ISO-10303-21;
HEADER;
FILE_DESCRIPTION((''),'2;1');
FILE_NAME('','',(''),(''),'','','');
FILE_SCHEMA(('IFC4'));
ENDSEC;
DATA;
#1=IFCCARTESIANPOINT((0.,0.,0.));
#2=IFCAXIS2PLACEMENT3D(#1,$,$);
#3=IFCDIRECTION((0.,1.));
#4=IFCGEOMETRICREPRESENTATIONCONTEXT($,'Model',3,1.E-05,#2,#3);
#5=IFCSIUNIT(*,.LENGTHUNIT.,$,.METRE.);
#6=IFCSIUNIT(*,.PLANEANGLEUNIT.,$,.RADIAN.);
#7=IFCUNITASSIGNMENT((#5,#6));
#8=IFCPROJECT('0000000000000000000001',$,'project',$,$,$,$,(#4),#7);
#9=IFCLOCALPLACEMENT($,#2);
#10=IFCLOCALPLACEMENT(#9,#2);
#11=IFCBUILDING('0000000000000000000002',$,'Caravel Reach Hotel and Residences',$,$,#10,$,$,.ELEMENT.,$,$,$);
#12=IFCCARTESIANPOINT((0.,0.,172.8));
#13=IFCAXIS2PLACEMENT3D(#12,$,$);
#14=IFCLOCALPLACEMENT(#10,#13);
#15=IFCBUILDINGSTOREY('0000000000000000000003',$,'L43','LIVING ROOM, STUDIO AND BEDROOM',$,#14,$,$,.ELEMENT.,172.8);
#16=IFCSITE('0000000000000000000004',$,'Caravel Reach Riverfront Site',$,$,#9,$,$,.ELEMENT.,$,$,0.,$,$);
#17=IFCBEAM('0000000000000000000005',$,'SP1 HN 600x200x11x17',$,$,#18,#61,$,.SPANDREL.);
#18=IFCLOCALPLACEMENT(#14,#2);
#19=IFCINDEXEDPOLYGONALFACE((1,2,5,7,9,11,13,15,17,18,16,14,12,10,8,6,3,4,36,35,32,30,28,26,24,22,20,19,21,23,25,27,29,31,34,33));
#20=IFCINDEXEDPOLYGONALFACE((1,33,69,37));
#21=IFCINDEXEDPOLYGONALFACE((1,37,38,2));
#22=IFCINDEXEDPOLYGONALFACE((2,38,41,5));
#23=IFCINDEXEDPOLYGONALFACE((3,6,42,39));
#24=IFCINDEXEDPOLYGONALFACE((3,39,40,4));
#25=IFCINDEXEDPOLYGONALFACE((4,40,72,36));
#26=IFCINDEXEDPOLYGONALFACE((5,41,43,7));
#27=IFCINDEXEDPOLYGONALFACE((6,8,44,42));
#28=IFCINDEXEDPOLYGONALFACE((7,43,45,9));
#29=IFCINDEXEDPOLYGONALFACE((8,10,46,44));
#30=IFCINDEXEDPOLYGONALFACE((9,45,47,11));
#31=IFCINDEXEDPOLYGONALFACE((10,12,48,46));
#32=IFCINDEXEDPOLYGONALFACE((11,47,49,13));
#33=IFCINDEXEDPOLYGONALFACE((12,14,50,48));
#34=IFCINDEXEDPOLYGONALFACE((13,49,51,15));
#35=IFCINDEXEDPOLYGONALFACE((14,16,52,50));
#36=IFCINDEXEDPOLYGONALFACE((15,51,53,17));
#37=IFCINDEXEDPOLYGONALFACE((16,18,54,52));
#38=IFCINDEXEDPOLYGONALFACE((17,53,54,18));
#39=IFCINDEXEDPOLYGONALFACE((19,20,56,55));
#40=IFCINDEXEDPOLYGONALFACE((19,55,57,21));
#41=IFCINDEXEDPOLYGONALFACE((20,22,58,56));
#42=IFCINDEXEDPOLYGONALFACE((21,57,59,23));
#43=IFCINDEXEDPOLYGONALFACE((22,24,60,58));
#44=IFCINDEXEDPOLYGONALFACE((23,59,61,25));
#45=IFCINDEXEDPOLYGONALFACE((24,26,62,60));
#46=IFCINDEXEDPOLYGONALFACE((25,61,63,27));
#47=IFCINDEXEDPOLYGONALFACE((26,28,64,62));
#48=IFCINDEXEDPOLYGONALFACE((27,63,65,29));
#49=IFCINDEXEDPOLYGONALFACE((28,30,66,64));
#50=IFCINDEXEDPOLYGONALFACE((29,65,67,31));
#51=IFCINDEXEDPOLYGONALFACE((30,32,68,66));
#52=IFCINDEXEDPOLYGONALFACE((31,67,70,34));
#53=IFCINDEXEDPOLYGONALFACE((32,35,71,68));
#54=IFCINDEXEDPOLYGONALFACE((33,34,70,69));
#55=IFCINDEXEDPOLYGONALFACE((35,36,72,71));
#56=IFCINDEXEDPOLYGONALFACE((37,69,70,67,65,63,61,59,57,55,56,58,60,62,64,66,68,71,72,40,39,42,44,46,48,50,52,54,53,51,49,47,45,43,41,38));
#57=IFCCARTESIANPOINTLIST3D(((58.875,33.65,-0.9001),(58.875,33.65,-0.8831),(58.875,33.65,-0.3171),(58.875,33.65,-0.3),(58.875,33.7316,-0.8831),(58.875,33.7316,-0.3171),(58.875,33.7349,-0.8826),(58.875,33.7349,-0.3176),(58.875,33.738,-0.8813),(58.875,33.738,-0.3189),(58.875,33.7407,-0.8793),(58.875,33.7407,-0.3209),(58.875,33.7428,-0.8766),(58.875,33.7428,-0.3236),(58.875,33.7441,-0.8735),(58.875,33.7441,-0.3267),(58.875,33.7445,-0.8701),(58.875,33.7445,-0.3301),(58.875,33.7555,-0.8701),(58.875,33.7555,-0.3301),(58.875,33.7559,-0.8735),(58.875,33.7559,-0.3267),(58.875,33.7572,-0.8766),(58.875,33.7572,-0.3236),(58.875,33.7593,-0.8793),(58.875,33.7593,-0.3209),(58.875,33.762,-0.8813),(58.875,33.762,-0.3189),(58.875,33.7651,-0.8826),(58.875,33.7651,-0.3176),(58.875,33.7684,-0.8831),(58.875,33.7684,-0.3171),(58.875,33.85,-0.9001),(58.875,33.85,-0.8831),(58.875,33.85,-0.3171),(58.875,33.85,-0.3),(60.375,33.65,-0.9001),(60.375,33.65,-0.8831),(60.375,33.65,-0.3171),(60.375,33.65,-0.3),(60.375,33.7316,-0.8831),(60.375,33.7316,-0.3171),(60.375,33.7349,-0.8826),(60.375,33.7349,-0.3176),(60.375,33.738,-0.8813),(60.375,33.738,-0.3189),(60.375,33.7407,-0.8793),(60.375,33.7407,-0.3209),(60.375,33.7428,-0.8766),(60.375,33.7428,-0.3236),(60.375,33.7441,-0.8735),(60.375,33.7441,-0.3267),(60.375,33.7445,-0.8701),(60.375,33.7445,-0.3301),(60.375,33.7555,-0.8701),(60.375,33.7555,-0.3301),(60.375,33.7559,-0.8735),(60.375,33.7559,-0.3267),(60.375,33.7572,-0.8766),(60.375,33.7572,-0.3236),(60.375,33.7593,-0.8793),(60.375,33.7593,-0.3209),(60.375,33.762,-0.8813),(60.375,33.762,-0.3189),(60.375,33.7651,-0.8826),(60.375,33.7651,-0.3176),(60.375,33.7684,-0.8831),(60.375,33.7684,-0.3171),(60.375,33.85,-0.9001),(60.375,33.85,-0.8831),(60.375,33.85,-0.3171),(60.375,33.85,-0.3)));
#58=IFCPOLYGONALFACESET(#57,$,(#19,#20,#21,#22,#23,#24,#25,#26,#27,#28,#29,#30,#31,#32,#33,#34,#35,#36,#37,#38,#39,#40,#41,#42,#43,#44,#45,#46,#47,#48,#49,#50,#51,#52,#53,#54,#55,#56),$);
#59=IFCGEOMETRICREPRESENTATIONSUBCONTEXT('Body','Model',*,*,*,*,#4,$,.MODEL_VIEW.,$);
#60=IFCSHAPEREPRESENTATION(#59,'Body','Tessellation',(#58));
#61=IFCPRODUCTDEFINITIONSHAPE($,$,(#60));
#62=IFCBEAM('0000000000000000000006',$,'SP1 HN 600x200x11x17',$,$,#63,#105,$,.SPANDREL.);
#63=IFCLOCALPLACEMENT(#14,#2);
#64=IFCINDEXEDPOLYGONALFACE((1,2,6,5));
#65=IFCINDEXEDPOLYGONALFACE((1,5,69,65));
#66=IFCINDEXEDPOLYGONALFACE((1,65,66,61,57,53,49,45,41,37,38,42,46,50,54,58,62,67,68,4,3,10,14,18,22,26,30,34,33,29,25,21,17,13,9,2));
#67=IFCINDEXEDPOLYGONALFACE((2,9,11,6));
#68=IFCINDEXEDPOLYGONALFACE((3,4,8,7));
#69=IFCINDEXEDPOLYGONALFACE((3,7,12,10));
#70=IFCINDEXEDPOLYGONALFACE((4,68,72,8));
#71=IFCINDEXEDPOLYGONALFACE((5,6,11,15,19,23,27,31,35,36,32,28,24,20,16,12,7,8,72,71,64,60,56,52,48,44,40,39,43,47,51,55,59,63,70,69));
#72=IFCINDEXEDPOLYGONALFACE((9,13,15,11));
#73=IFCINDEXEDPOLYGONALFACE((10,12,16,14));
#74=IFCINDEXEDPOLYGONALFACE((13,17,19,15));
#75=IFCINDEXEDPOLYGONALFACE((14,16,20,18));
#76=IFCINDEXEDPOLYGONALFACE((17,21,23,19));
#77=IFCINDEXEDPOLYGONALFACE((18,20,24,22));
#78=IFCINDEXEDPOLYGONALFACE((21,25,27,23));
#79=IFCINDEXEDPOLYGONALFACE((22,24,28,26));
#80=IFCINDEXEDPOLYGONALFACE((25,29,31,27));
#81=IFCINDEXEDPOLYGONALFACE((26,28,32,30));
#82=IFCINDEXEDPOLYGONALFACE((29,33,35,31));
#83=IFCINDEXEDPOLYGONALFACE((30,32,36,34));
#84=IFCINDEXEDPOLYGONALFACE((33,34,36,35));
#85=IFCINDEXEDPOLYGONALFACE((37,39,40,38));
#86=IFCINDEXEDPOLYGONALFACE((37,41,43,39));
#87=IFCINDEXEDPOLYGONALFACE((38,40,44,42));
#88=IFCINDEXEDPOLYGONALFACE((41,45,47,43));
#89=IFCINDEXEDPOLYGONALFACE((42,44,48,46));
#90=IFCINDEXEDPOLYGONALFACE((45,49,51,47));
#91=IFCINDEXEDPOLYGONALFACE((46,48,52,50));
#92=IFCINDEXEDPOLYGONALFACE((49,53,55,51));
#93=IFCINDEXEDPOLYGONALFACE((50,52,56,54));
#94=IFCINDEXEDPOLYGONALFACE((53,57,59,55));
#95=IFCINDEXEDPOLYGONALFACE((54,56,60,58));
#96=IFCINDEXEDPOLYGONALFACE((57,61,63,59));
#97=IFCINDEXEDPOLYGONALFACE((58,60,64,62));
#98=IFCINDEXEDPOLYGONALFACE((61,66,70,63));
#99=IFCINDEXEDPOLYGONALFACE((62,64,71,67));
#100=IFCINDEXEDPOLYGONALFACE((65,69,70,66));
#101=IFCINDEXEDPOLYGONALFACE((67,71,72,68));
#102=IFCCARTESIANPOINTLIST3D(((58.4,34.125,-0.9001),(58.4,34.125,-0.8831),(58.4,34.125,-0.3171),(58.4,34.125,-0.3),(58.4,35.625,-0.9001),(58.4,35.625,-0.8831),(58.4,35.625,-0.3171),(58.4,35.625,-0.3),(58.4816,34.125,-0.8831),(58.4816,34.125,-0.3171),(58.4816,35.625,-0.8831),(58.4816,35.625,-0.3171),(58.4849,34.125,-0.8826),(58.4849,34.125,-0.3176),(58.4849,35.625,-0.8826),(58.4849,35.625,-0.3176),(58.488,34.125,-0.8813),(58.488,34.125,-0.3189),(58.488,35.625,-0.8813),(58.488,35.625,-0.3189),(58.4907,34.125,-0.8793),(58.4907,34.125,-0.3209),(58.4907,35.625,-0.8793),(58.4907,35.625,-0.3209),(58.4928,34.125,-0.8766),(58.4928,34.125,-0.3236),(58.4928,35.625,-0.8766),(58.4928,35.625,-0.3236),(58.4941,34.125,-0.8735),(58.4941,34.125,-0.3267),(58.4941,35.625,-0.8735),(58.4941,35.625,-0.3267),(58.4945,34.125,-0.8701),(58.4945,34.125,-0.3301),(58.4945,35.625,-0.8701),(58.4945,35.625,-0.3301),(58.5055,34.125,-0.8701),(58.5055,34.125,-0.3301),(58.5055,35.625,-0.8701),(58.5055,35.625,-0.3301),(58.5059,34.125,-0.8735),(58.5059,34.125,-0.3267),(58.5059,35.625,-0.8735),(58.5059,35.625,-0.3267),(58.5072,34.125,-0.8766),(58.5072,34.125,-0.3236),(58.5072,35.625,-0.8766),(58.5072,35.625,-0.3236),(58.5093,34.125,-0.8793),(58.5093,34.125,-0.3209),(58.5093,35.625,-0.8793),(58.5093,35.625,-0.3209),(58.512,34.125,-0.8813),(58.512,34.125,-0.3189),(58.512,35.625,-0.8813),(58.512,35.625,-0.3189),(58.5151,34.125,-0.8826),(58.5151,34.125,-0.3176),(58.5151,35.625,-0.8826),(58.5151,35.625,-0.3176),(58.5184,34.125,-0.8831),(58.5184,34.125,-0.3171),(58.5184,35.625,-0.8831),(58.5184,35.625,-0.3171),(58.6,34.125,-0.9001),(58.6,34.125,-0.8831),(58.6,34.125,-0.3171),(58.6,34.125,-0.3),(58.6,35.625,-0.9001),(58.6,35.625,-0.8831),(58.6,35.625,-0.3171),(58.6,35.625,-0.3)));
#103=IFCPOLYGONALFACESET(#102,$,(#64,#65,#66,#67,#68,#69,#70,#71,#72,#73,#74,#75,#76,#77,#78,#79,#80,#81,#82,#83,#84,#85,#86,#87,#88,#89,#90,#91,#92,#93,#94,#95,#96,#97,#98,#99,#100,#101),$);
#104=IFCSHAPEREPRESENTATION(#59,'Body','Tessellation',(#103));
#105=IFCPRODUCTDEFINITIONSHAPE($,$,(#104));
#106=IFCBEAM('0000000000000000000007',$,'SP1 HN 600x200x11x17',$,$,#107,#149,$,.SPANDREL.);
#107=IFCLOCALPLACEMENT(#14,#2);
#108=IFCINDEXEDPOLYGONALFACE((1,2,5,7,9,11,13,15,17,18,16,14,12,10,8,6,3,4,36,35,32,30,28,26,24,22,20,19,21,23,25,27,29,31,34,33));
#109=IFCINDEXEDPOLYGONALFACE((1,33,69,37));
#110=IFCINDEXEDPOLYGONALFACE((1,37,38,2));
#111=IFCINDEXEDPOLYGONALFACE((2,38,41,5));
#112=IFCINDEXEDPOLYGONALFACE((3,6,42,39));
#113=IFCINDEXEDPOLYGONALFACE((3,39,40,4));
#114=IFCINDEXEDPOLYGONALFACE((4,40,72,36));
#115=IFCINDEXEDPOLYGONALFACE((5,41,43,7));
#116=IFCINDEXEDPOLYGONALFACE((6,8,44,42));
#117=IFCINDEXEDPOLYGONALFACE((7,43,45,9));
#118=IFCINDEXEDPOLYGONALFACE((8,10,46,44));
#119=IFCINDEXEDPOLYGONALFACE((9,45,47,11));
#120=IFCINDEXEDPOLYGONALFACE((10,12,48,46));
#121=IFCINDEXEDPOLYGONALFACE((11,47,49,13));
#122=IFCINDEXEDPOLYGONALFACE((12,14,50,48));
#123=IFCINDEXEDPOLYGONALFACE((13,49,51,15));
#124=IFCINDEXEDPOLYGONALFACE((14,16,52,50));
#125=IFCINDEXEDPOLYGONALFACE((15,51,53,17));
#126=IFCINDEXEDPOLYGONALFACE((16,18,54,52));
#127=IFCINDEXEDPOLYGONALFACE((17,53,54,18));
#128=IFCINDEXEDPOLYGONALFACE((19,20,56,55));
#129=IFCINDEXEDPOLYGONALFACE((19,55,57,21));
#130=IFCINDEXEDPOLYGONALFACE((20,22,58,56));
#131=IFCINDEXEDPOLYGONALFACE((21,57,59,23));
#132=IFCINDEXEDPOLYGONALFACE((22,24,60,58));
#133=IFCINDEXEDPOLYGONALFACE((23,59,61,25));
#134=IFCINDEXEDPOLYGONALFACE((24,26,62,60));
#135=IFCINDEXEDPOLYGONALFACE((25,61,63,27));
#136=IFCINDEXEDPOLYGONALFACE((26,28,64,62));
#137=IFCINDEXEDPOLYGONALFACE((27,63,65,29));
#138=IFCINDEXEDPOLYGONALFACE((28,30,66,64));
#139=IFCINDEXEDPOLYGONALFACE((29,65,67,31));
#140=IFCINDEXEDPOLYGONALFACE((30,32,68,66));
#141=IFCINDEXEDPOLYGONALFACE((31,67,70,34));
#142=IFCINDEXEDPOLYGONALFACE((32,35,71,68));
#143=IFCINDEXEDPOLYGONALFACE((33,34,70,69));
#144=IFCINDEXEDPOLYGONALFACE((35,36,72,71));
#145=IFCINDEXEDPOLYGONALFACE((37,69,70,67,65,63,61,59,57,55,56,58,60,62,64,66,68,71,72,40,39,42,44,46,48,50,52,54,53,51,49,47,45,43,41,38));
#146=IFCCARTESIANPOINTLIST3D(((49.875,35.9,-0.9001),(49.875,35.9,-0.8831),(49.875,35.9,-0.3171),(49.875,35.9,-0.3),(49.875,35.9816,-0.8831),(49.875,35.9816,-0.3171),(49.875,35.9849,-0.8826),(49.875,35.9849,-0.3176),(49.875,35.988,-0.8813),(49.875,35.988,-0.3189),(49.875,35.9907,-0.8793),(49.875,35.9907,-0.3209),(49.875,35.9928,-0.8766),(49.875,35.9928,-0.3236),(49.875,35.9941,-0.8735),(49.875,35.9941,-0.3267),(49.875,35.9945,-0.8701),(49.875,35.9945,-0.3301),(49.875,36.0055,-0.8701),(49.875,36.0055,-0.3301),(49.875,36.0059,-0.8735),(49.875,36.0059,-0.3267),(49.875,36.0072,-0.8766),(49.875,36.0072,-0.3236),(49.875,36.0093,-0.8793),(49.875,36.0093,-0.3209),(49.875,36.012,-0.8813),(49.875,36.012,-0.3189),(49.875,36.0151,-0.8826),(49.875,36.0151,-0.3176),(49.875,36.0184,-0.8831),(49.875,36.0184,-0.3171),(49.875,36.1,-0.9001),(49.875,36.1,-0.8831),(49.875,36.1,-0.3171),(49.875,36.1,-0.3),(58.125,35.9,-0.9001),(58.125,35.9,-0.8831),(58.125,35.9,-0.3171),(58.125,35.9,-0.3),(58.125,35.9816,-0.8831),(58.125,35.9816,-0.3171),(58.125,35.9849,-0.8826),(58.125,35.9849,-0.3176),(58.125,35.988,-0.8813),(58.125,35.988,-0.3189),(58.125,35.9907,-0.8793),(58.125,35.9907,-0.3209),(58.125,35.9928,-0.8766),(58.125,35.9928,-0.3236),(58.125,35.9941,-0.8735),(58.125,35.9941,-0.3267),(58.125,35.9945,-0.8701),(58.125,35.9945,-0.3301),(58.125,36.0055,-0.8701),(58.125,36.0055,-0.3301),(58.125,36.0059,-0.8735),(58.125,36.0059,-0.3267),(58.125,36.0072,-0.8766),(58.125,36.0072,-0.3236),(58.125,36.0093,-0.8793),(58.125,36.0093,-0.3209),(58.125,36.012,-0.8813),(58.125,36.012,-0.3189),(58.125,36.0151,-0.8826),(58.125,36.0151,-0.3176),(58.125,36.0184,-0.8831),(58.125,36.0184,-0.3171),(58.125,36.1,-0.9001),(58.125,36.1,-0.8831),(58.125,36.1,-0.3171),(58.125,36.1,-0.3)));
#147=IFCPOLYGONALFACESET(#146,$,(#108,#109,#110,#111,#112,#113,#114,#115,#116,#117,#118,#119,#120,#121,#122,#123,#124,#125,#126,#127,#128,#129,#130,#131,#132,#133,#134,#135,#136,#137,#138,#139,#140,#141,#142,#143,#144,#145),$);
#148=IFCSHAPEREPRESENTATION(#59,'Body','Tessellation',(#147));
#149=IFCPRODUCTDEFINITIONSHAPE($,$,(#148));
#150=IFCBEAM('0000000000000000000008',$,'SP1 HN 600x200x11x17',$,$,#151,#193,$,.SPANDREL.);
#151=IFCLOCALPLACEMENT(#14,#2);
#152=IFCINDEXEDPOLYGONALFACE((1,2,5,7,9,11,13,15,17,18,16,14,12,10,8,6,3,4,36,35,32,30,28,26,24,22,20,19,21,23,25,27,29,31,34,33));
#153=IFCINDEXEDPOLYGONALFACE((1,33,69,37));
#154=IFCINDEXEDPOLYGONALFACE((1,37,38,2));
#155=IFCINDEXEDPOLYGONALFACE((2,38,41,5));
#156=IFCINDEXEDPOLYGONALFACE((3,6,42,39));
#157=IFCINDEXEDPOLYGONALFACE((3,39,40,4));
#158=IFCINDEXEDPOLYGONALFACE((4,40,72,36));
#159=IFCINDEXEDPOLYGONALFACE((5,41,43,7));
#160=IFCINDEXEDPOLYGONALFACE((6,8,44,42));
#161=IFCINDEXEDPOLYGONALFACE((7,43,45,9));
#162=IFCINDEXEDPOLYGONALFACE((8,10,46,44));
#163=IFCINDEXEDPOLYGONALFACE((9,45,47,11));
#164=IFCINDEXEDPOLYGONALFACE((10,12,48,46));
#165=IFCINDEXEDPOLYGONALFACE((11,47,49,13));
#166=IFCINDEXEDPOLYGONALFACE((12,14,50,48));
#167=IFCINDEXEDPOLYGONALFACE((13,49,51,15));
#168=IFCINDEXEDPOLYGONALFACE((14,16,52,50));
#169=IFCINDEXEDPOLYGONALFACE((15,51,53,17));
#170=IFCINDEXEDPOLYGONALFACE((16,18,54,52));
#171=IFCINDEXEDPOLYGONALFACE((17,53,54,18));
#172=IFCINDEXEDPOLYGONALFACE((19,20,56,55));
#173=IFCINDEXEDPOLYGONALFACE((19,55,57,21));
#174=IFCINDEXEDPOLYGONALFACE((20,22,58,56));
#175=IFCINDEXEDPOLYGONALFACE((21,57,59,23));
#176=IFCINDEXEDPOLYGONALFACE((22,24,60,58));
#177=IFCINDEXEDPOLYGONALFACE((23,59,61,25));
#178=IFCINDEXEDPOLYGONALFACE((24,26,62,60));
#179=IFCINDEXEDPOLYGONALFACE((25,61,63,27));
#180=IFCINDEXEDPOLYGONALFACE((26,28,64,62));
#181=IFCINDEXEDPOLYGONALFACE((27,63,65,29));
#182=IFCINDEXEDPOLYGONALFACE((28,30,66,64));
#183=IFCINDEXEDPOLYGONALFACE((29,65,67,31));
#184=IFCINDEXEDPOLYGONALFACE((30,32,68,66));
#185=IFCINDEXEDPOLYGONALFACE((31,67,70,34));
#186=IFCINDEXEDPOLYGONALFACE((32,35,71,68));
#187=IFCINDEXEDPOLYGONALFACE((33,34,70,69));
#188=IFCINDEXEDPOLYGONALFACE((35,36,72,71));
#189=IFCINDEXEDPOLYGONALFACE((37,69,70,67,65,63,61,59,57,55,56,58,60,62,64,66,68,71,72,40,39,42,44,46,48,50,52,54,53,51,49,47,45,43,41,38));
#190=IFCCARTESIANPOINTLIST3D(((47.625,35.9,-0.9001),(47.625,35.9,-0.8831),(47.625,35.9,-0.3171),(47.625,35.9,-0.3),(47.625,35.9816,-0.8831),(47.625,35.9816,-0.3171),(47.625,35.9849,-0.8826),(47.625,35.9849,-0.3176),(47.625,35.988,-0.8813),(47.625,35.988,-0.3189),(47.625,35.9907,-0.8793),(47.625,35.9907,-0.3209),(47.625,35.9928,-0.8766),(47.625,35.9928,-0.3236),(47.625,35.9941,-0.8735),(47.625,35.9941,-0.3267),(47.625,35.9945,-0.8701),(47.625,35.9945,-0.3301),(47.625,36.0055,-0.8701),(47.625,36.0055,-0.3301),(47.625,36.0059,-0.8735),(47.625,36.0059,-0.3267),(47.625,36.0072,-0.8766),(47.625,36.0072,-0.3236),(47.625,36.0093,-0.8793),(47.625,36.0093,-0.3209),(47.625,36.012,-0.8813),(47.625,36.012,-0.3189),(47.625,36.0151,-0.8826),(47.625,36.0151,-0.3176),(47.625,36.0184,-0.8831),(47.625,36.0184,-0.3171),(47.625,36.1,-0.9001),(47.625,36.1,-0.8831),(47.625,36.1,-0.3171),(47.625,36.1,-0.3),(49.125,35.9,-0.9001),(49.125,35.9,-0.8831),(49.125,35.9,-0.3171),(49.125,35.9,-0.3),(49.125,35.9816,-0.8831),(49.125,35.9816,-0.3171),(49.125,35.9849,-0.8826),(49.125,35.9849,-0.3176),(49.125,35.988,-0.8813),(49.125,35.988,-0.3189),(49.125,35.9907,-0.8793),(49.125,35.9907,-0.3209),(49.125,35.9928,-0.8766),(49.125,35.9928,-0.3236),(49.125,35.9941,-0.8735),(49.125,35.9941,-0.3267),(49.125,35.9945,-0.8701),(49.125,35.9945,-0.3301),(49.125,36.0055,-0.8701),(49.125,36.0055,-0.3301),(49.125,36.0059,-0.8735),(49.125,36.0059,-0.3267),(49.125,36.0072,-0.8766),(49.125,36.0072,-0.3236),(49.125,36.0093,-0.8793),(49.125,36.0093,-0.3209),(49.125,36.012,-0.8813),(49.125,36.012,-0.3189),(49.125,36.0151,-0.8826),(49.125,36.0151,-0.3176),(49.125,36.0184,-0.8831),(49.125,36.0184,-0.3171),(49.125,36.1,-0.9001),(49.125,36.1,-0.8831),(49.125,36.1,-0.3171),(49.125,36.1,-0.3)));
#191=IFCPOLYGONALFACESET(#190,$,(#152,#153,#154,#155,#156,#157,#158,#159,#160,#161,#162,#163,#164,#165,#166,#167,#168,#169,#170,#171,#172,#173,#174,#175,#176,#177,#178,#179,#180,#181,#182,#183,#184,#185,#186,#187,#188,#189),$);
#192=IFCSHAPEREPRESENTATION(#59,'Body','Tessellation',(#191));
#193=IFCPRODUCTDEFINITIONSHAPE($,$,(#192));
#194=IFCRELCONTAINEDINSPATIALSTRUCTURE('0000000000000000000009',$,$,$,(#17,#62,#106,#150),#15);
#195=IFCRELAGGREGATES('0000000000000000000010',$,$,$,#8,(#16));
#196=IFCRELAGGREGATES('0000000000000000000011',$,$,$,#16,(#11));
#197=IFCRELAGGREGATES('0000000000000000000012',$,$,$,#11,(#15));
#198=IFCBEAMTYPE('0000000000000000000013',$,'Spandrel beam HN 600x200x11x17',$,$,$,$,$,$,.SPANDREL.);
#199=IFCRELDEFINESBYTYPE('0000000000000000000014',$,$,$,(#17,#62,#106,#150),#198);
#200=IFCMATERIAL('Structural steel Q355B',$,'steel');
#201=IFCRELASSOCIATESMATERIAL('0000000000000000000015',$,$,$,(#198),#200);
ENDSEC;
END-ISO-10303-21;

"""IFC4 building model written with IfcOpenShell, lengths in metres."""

from ifc_helpers import new_model, si_unit, direction, frame, origin, origin_2d, place, context, subcontext, project, spatial, i_section, extrude, material, material_profile, profile_set, type_object, element, save


model = new_model("IFC4")

# Units and contexts
model_context = context("Model", 3, precision=1e-05, world=origin(), true_north=direction((0.0, 1.0)))
body_context = subcontext(model_context, "Body", "Model", "MODEL_VIEW")
ifc_project = project(units=[si_unit("LENGTHUNIT", "METRE"), si_unit("PLANEANGLEUNIT", "RADIAN")], contexts=[model_context])

# Site, building, storey
site_placement = place(None, origin())
site = spatial("IfcSite", under=ifc_project, at=site_placement, Name="Caravel Reach Riverfront Site", CompositionType="ELEMENT", RefElevation=0.0)
building_placement = place(site_placement, origin())
building = spatial("IfcBuilding", under=site, at=building_placement, Name="Caravel Reach Hotel and Residences", CompositionType="ELEMENT")
storey_placement = place(building_placement, frame((0.0, 0.0, 172.8)))
storey = spatial("IfcBuildingStorey", under=building, at=storey_placement, Name="L43", Description="LIVING ROOM, STUDIO AND BEDROOM", CompositionType="ELEMENT", Elevation=172.8)

# Beams
ifc_material_1 = material(Name="Structural steel Q355B", Category="steel")
ifc_material_profile_1 = material_profile(ifc_material_1, i_section(OverallWidth=0.2, OverallDepth=0.6001, WebThickness=0.011, FlangeThickness=0.0171, FilletRadius=0.0129, at=origin_2d()), Name="HN 600x200x11x17")
ifc_profile_set_1 = profile_set([ifc_material_profile_1], Name="Structural steel Q355B")
beam_type = type_object("IfcBeamType", Name="Spandrel beam HN 600x200x11x17", PredefinedType="SPANDREL", material=ifc_profile_set_1)
for number, where, z_axis, x_axis, name in (
    (1, (60.375, 33.75, -0.6001), (-1.0, 0.0, 0.0), (0.0, -1.0, 0.0), "SP1 HN 600x200x11x17"),
    (2, (58.5, 34.125, -0.6001), (0.0, 1.0, 0.0), (-1.0, 0.0, 0.0), "SP1 HN 600x200x11x17"),
):
    element("IfcBeam", number, at=place(storey_placement, frame(where, z_axis=z_axis, x_axis=x_axis)), inside=storey, type_object=beam_type, Name=name, PredefinedType="SPANDREL", context=body_context, shape_type="SweptSolid", body=[
        extrude(i_section(OverallWidth=0.2, OverallDepth=0.6001, WebThickness=0.011, FlangeThickness=0.0171, FilletRadius=0.0129, at=origin_2d()), origin(), (0.0, 0.0, 1.0), 1.5),
    ])
beam_1_placement = place(storey_placement, frame((58.125, 36.0, -0.6001), z_axis=(-1.0, 0.0, 0.0), x_axis=(0.0, -1.0, 0.0)))
element("IfcBeam", 3, at=beam_1_placement, inside=storey, type_object=beam_type, Name="SP1 HN 600x200x11x17", PredefinedType="SPANDREL", context=body_context, shape_type="SweptSolid", body=[
    extrude(i_section(OverallWidth=0.2, OverallDepth=0.6001, WebThickness=0.011, FlangeThickness=0.0171, FilletRadius=0.0129, at=origin_2d()), origin(), (0.0, 0.0, 1.0), 8.25),
])
beam_2_placement = place(storey_placement, frame((49.125, 36.0, -0.6001), z_axis=(-1.0, 0.0, 0.0), x_axis=(0.0, -1.0, 0.0)))
element("IfcBeam", 4, at=beam_2_placement, inside=storey, type_object=beam_type, Name="SP1 HN 600x200x11x17", PredefinedType="SPANDREL", context=body_context, shape_type="SweptSolid", body=[
    extrude(i_section(OverallWidth=0.2, OverallDepth=0.6001, WebThickness=0.011, FlangeThickness=0.0171, FilletRadius=0.0129, at=origin_2d()), origin(), (0.0, 0.0, 1.0), 1.5),
])

save(model, "model.ifc")
